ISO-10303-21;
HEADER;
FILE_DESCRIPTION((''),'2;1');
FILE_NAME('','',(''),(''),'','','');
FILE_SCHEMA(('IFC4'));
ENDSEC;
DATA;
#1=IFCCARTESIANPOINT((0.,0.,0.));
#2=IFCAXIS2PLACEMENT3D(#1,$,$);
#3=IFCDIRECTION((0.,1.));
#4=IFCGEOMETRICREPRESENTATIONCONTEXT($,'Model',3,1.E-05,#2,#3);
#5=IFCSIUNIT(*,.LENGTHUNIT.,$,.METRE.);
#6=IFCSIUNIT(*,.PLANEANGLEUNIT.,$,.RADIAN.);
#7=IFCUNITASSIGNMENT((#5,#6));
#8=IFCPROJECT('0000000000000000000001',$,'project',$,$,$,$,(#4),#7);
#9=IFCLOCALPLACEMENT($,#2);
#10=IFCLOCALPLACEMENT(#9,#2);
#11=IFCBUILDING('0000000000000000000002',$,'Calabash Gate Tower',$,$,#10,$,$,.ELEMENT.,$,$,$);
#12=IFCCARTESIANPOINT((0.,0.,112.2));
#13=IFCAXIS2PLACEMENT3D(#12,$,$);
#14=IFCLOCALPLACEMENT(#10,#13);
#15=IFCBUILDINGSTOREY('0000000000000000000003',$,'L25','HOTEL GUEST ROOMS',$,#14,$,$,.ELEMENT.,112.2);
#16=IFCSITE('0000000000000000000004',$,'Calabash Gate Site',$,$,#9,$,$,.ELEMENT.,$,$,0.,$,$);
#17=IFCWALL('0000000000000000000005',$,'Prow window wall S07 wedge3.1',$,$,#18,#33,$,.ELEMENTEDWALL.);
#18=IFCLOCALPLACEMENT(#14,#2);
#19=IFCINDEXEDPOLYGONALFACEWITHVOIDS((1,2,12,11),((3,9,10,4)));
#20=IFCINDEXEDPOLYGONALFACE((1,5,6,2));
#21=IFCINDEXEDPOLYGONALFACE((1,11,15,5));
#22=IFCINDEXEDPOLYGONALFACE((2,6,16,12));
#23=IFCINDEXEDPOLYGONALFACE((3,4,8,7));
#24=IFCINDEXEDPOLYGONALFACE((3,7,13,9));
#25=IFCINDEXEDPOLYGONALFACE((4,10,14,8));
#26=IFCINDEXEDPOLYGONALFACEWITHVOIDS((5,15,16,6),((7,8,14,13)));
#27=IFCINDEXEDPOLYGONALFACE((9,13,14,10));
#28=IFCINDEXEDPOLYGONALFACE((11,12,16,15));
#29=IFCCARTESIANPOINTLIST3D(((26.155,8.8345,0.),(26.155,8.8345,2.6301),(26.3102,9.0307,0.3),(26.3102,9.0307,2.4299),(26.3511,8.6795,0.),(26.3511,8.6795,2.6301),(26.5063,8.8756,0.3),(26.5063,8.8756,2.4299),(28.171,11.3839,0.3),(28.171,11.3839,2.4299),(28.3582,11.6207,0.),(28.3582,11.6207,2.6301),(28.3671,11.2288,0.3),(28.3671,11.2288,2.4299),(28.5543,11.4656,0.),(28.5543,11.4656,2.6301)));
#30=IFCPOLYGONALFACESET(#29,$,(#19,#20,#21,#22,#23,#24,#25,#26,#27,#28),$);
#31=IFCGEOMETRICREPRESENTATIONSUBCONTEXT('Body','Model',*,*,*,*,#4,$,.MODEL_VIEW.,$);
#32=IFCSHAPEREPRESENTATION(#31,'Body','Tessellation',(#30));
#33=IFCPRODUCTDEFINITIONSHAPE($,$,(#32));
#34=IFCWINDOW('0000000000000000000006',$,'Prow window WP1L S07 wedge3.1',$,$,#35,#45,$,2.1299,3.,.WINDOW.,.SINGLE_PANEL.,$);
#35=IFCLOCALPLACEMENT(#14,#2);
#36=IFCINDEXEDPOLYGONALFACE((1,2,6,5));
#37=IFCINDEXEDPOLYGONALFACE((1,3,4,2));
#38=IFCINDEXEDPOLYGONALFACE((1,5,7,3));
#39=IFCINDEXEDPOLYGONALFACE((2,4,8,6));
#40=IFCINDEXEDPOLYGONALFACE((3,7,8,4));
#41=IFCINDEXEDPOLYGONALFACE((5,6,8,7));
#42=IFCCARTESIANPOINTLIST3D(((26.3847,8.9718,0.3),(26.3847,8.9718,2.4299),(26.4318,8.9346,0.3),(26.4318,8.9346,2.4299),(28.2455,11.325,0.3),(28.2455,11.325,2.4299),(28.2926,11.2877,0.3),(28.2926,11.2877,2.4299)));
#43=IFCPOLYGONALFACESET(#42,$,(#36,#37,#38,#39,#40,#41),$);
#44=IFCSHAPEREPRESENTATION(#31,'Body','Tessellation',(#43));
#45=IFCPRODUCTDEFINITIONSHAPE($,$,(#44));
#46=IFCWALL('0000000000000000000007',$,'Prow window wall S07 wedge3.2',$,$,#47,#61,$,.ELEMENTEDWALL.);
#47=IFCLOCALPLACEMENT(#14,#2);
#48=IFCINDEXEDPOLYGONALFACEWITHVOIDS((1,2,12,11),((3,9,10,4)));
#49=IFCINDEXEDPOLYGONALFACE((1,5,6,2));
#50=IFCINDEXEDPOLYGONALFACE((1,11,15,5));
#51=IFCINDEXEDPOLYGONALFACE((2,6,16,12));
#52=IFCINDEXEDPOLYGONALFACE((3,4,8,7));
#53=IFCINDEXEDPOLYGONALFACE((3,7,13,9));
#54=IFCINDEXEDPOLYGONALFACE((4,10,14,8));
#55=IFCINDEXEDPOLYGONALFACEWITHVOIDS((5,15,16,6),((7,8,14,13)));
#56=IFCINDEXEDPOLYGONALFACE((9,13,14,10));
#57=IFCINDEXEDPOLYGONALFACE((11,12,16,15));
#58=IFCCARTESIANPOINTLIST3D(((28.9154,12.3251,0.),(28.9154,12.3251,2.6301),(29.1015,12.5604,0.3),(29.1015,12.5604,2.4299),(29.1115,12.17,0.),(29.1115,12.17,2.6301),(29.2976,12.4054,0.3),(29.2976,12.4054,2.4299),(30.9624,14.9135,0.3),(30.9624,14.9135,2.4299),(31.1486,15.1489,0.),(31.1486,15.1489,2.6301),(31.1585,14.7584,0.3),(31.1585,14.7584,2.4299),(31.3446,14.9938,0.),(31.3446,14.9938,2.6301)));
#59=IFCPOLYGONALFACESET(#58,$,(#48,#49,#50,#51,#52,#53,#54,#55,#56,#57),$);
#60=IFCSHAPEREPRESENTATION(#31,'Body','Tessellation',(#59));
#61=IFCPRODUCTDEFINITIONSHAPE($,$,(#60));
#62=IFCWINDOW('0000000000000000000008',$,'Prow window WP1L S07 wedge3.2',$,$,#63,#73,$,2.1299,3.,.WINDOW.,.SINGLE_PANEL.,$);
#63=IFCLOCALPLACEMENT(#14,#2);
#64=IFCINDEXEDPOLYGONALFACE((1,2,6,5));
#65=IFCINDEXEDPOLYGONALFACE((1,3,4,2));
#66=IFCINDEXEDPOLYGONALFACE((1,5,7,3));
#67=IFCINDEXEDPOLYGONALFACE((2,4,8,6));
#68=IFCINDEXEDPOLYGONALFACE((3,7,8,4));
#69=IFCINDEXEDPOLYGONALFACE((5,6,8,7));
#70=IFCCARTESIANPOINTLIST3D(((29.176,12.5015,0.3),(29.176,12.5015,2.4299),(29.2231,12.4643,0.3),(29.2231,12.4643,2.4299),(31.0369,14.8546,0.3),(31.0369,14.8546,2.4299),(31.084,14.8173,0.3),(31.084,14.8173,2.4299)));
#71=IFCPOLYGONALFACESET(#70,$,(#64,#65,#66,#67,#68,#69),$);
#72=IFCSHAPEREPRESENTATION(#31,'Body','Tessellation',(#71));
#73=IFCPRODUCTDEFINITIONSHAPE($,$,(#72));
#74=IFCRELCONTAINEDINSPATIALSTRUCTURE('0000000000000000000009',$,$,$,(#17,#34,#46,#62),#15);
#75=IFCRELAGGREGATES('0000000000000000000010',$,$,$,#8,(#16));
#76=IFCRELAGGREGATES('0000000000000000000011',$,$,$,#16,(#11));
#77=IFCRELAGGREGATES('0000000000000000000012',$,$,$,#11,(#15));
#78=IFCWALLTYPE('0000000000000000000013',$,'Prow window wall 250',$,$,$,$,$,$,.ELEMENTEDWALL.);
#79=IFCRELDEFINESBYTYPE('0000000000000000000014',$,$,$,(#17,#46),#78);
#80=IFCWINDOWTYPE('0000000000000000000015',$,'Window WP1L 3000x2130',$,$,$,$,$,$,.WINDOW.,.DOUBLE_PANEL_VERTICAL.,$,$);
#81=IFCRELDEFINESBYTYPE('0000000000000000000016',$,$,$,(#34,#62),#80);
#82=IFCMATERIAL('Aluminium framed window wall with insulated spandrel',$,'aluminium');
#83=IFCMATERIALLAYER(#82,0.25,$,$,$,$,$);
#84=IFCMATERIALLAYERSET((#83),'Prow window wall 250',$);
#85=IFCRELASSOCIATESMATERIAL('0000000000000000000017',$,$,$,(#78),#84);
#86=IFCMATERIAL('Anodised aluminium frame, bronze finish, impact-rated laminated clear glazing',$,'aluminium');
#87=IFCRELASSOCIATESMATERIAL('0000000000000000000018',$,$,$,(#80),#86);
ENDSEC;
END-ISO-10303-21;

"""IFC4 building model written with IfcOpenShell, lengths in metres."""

from ifc_helpers import new_model, si_unit, direction, frame, frame_2d, origin, place, context, subcontext, project, spatial, rectangle, extrude, material, layer, layer_set, type_object, element, fill, save


model = new_model("IFC4")

# Units and contexts
model_context = context("Model", 3, precision=1e-05, world=origin(), true_north=direction((0.0, 1.0)))
body_context = subcontext(model_context, "Body", "Model", "MODEL_VIEW")
ifc_project = project(units=[si_unit("LENGTHUNIT", "METRE"), si_unit("PLANEANGLEUNIT", "RADIAN")], contexts=[model_context])

# Site, building, storey
site_placement = place(None, origin())
site = spatial("IfcSite", under=ifc_project, at=site_placement, Name="Calabash Gate Site", CompositionType="ELEMENT", RefElevation=0.0)
building_placement = place(site_placement, origin())
building = spatial("IfcBuilding", under=site, at=building_placement, Name="Calabash Gate Tower", CompositionType="ELEMENT")
storey_placement = place(building_placement, frame((0.0, 0.0, 112.2)))
storey = spatial("IfcBuildingStorey", under=building, at=storey_placement, Name="L25", Description="HOTEL GUEST ROOMS", CompositionType="ELEMENT", Elevation=112.2)

# Walls, openings, windows
ifc_material_1 = material(Name="Aluminium framed window wall with insulated spandrel", Category="aluminium")
ifc_layer_1 = layer(ifc_material_1, 0.25)
ifc_layer_set_1 = layer_set([ifc_layer_1], Name="Prow window wall 250")
wall_type_1 = type_object("IfcWallType", Name="Prow window wall 250", PredefinedType="ELEMENTEDWALL", material=ifc_layer_set_1)
wall_1_placement = place(storey_placement, frame((26.2532, 8.7571, 0.0), z_axis=(0.0, 0.0, 1.0), x_axis=(0.620259, 0.784397, 0.0)))
wall_1 = element("IfcWall", 1, at=wall_1_placement, inside=storey, type_object=wall_type_1, Name="Prow window wall S07 wedge3.1", PredefinedType="ELEMENTEDWALL", context=body_context, shape_type="SweptSolid", body=[
    extrude(rectangle(XDim=3.552, YDim=0.25, at=frame_2d((1.7759, 0.0))), origin(), (0.0, 0.0, 1.0), 2.6301),
])
opening_1_placement = place(wall_1_placement, frame((0.25, 0.0, 0.3)))
opening_1 = element("IfcOpeningElement", 2, at=opening_1_placement, cuts=wall_1, PredefinedType="OPENING", context=body_context, shape_type="SweptSolid", body=[
    extrude(rectangle(XDim=3.0, YDim=2.1299, at=frame_2d((1.5, 1.0649))), frame((0.0, 0.135, 0.0), z_axis=(0.0, -1.0, 0.0), x_axis=(1.0, 0.0, 0.0)), (0.0, 0.0, 1.0), 0.27),
])
ifc_material_2 = material(Name="Anodised aluminium frame, bronze finish, impact-rated laminated clear glazing", Category="aluminium")
window_type = type_object("IfcWindowType", Name="Window WP1L 3000x2130", PartitioningType="DOUBLE_PANEL_VERTICAL", PredefinedType="WINDOW", material=ifc_material_2)
window_1_placement = place(opening_1_placement, origin())
window_1 = element("IfcWindow", 3, at=window_1_placement, inside=storey, type_object=window_type, Name="Prow window WP1L S07 wedge3.1", OverallHeight=2.1299, OverallWidth=3.0, PartitioningType="SINGLE_PANEL", PredefinedType="WINDOW", context=body_context, shape_type="SweptSolid", body=[
    extrude(rectangle(XDim=3.0, YDim=2.1299, at=frame_2d((1.5, 1.0649))), frame((0.0, 0.03, 0.0), z_axis=(0.0, -1.0, 0.0), x_axis=(1.0, 0.0, 0.0)), (0.0, 0.0, 1.0), 0.0601),
])
fill(opening_1, window_1)
wall_2_placement = place(storey_placement, frame((29.0134, 12.2476, 0.0), z_axis=(0.0, 0.0, 1.0), x_axis=(0.62031, 0.784357, 0.0)))
wall_2 = element("IfcWall", 4, at=wall_2_placement, inside=storey, type_object=wall_type_1, Name="Prow window wall S07 wedge3.2", PredefinedType="ELEMENTEDWALL", context=body_context, shape_type="SweptSolid", body=[
    extrude(rectangle(XDim=3.6001, YDim=0.25, at=frame_2d((1.8, 0.0))), origin(), (0.0, 0.0, 1.0), 2.6301),
])
opening_2_placement = place(wall_2_placement, frame((0.3, 0.0, 0.3)))
opening_2 = element("IfcOpeningElement", 5, at=opening_2_placement, cuts=wall_2, PredefinedType="OPENING", context=body_context, shape_type="SweptSolid", body=[
    extrude(rectangle(XDim=3.0, YDim=2.1299, at=frame_2d((1.5, 1.0649))), frame((0.0, 0.135, 0.0), z_axis=(0.0, -1.0, 0.0), x_axis=(1.0, 0.0, 0.0)), (0.0, 0.0, 1.0), 0.27),
])
window_2_placement = place(opening_2_placement, origin())
window_2 = element("IfcWindow", 6, at=window_2_placement, inside=storey, type_object=window_type, Name="Prow window WP1L S07 wedge3.2", OverallHeight=2.1299, OverallWidth=3.0, PartitioningType="SINGLE_PANEL", PredefinedType="WINDOW", context=body_context, shape_type="SweptSolid", body=[
    extrude(rectangle(XDim=3.0, YDim=2.1299, at=frame_2d((1.5, 1.0649))), frame((0.0, 0.03, 0.0), z_axis=(0.0, -1.0, 0.0), x_axis=(1.0, 0.0, 0.0)), (0.0, 0.0, 1.0), 0.0601),
])
fill(opening_2, window_2)

save(model, "model.ifc")
